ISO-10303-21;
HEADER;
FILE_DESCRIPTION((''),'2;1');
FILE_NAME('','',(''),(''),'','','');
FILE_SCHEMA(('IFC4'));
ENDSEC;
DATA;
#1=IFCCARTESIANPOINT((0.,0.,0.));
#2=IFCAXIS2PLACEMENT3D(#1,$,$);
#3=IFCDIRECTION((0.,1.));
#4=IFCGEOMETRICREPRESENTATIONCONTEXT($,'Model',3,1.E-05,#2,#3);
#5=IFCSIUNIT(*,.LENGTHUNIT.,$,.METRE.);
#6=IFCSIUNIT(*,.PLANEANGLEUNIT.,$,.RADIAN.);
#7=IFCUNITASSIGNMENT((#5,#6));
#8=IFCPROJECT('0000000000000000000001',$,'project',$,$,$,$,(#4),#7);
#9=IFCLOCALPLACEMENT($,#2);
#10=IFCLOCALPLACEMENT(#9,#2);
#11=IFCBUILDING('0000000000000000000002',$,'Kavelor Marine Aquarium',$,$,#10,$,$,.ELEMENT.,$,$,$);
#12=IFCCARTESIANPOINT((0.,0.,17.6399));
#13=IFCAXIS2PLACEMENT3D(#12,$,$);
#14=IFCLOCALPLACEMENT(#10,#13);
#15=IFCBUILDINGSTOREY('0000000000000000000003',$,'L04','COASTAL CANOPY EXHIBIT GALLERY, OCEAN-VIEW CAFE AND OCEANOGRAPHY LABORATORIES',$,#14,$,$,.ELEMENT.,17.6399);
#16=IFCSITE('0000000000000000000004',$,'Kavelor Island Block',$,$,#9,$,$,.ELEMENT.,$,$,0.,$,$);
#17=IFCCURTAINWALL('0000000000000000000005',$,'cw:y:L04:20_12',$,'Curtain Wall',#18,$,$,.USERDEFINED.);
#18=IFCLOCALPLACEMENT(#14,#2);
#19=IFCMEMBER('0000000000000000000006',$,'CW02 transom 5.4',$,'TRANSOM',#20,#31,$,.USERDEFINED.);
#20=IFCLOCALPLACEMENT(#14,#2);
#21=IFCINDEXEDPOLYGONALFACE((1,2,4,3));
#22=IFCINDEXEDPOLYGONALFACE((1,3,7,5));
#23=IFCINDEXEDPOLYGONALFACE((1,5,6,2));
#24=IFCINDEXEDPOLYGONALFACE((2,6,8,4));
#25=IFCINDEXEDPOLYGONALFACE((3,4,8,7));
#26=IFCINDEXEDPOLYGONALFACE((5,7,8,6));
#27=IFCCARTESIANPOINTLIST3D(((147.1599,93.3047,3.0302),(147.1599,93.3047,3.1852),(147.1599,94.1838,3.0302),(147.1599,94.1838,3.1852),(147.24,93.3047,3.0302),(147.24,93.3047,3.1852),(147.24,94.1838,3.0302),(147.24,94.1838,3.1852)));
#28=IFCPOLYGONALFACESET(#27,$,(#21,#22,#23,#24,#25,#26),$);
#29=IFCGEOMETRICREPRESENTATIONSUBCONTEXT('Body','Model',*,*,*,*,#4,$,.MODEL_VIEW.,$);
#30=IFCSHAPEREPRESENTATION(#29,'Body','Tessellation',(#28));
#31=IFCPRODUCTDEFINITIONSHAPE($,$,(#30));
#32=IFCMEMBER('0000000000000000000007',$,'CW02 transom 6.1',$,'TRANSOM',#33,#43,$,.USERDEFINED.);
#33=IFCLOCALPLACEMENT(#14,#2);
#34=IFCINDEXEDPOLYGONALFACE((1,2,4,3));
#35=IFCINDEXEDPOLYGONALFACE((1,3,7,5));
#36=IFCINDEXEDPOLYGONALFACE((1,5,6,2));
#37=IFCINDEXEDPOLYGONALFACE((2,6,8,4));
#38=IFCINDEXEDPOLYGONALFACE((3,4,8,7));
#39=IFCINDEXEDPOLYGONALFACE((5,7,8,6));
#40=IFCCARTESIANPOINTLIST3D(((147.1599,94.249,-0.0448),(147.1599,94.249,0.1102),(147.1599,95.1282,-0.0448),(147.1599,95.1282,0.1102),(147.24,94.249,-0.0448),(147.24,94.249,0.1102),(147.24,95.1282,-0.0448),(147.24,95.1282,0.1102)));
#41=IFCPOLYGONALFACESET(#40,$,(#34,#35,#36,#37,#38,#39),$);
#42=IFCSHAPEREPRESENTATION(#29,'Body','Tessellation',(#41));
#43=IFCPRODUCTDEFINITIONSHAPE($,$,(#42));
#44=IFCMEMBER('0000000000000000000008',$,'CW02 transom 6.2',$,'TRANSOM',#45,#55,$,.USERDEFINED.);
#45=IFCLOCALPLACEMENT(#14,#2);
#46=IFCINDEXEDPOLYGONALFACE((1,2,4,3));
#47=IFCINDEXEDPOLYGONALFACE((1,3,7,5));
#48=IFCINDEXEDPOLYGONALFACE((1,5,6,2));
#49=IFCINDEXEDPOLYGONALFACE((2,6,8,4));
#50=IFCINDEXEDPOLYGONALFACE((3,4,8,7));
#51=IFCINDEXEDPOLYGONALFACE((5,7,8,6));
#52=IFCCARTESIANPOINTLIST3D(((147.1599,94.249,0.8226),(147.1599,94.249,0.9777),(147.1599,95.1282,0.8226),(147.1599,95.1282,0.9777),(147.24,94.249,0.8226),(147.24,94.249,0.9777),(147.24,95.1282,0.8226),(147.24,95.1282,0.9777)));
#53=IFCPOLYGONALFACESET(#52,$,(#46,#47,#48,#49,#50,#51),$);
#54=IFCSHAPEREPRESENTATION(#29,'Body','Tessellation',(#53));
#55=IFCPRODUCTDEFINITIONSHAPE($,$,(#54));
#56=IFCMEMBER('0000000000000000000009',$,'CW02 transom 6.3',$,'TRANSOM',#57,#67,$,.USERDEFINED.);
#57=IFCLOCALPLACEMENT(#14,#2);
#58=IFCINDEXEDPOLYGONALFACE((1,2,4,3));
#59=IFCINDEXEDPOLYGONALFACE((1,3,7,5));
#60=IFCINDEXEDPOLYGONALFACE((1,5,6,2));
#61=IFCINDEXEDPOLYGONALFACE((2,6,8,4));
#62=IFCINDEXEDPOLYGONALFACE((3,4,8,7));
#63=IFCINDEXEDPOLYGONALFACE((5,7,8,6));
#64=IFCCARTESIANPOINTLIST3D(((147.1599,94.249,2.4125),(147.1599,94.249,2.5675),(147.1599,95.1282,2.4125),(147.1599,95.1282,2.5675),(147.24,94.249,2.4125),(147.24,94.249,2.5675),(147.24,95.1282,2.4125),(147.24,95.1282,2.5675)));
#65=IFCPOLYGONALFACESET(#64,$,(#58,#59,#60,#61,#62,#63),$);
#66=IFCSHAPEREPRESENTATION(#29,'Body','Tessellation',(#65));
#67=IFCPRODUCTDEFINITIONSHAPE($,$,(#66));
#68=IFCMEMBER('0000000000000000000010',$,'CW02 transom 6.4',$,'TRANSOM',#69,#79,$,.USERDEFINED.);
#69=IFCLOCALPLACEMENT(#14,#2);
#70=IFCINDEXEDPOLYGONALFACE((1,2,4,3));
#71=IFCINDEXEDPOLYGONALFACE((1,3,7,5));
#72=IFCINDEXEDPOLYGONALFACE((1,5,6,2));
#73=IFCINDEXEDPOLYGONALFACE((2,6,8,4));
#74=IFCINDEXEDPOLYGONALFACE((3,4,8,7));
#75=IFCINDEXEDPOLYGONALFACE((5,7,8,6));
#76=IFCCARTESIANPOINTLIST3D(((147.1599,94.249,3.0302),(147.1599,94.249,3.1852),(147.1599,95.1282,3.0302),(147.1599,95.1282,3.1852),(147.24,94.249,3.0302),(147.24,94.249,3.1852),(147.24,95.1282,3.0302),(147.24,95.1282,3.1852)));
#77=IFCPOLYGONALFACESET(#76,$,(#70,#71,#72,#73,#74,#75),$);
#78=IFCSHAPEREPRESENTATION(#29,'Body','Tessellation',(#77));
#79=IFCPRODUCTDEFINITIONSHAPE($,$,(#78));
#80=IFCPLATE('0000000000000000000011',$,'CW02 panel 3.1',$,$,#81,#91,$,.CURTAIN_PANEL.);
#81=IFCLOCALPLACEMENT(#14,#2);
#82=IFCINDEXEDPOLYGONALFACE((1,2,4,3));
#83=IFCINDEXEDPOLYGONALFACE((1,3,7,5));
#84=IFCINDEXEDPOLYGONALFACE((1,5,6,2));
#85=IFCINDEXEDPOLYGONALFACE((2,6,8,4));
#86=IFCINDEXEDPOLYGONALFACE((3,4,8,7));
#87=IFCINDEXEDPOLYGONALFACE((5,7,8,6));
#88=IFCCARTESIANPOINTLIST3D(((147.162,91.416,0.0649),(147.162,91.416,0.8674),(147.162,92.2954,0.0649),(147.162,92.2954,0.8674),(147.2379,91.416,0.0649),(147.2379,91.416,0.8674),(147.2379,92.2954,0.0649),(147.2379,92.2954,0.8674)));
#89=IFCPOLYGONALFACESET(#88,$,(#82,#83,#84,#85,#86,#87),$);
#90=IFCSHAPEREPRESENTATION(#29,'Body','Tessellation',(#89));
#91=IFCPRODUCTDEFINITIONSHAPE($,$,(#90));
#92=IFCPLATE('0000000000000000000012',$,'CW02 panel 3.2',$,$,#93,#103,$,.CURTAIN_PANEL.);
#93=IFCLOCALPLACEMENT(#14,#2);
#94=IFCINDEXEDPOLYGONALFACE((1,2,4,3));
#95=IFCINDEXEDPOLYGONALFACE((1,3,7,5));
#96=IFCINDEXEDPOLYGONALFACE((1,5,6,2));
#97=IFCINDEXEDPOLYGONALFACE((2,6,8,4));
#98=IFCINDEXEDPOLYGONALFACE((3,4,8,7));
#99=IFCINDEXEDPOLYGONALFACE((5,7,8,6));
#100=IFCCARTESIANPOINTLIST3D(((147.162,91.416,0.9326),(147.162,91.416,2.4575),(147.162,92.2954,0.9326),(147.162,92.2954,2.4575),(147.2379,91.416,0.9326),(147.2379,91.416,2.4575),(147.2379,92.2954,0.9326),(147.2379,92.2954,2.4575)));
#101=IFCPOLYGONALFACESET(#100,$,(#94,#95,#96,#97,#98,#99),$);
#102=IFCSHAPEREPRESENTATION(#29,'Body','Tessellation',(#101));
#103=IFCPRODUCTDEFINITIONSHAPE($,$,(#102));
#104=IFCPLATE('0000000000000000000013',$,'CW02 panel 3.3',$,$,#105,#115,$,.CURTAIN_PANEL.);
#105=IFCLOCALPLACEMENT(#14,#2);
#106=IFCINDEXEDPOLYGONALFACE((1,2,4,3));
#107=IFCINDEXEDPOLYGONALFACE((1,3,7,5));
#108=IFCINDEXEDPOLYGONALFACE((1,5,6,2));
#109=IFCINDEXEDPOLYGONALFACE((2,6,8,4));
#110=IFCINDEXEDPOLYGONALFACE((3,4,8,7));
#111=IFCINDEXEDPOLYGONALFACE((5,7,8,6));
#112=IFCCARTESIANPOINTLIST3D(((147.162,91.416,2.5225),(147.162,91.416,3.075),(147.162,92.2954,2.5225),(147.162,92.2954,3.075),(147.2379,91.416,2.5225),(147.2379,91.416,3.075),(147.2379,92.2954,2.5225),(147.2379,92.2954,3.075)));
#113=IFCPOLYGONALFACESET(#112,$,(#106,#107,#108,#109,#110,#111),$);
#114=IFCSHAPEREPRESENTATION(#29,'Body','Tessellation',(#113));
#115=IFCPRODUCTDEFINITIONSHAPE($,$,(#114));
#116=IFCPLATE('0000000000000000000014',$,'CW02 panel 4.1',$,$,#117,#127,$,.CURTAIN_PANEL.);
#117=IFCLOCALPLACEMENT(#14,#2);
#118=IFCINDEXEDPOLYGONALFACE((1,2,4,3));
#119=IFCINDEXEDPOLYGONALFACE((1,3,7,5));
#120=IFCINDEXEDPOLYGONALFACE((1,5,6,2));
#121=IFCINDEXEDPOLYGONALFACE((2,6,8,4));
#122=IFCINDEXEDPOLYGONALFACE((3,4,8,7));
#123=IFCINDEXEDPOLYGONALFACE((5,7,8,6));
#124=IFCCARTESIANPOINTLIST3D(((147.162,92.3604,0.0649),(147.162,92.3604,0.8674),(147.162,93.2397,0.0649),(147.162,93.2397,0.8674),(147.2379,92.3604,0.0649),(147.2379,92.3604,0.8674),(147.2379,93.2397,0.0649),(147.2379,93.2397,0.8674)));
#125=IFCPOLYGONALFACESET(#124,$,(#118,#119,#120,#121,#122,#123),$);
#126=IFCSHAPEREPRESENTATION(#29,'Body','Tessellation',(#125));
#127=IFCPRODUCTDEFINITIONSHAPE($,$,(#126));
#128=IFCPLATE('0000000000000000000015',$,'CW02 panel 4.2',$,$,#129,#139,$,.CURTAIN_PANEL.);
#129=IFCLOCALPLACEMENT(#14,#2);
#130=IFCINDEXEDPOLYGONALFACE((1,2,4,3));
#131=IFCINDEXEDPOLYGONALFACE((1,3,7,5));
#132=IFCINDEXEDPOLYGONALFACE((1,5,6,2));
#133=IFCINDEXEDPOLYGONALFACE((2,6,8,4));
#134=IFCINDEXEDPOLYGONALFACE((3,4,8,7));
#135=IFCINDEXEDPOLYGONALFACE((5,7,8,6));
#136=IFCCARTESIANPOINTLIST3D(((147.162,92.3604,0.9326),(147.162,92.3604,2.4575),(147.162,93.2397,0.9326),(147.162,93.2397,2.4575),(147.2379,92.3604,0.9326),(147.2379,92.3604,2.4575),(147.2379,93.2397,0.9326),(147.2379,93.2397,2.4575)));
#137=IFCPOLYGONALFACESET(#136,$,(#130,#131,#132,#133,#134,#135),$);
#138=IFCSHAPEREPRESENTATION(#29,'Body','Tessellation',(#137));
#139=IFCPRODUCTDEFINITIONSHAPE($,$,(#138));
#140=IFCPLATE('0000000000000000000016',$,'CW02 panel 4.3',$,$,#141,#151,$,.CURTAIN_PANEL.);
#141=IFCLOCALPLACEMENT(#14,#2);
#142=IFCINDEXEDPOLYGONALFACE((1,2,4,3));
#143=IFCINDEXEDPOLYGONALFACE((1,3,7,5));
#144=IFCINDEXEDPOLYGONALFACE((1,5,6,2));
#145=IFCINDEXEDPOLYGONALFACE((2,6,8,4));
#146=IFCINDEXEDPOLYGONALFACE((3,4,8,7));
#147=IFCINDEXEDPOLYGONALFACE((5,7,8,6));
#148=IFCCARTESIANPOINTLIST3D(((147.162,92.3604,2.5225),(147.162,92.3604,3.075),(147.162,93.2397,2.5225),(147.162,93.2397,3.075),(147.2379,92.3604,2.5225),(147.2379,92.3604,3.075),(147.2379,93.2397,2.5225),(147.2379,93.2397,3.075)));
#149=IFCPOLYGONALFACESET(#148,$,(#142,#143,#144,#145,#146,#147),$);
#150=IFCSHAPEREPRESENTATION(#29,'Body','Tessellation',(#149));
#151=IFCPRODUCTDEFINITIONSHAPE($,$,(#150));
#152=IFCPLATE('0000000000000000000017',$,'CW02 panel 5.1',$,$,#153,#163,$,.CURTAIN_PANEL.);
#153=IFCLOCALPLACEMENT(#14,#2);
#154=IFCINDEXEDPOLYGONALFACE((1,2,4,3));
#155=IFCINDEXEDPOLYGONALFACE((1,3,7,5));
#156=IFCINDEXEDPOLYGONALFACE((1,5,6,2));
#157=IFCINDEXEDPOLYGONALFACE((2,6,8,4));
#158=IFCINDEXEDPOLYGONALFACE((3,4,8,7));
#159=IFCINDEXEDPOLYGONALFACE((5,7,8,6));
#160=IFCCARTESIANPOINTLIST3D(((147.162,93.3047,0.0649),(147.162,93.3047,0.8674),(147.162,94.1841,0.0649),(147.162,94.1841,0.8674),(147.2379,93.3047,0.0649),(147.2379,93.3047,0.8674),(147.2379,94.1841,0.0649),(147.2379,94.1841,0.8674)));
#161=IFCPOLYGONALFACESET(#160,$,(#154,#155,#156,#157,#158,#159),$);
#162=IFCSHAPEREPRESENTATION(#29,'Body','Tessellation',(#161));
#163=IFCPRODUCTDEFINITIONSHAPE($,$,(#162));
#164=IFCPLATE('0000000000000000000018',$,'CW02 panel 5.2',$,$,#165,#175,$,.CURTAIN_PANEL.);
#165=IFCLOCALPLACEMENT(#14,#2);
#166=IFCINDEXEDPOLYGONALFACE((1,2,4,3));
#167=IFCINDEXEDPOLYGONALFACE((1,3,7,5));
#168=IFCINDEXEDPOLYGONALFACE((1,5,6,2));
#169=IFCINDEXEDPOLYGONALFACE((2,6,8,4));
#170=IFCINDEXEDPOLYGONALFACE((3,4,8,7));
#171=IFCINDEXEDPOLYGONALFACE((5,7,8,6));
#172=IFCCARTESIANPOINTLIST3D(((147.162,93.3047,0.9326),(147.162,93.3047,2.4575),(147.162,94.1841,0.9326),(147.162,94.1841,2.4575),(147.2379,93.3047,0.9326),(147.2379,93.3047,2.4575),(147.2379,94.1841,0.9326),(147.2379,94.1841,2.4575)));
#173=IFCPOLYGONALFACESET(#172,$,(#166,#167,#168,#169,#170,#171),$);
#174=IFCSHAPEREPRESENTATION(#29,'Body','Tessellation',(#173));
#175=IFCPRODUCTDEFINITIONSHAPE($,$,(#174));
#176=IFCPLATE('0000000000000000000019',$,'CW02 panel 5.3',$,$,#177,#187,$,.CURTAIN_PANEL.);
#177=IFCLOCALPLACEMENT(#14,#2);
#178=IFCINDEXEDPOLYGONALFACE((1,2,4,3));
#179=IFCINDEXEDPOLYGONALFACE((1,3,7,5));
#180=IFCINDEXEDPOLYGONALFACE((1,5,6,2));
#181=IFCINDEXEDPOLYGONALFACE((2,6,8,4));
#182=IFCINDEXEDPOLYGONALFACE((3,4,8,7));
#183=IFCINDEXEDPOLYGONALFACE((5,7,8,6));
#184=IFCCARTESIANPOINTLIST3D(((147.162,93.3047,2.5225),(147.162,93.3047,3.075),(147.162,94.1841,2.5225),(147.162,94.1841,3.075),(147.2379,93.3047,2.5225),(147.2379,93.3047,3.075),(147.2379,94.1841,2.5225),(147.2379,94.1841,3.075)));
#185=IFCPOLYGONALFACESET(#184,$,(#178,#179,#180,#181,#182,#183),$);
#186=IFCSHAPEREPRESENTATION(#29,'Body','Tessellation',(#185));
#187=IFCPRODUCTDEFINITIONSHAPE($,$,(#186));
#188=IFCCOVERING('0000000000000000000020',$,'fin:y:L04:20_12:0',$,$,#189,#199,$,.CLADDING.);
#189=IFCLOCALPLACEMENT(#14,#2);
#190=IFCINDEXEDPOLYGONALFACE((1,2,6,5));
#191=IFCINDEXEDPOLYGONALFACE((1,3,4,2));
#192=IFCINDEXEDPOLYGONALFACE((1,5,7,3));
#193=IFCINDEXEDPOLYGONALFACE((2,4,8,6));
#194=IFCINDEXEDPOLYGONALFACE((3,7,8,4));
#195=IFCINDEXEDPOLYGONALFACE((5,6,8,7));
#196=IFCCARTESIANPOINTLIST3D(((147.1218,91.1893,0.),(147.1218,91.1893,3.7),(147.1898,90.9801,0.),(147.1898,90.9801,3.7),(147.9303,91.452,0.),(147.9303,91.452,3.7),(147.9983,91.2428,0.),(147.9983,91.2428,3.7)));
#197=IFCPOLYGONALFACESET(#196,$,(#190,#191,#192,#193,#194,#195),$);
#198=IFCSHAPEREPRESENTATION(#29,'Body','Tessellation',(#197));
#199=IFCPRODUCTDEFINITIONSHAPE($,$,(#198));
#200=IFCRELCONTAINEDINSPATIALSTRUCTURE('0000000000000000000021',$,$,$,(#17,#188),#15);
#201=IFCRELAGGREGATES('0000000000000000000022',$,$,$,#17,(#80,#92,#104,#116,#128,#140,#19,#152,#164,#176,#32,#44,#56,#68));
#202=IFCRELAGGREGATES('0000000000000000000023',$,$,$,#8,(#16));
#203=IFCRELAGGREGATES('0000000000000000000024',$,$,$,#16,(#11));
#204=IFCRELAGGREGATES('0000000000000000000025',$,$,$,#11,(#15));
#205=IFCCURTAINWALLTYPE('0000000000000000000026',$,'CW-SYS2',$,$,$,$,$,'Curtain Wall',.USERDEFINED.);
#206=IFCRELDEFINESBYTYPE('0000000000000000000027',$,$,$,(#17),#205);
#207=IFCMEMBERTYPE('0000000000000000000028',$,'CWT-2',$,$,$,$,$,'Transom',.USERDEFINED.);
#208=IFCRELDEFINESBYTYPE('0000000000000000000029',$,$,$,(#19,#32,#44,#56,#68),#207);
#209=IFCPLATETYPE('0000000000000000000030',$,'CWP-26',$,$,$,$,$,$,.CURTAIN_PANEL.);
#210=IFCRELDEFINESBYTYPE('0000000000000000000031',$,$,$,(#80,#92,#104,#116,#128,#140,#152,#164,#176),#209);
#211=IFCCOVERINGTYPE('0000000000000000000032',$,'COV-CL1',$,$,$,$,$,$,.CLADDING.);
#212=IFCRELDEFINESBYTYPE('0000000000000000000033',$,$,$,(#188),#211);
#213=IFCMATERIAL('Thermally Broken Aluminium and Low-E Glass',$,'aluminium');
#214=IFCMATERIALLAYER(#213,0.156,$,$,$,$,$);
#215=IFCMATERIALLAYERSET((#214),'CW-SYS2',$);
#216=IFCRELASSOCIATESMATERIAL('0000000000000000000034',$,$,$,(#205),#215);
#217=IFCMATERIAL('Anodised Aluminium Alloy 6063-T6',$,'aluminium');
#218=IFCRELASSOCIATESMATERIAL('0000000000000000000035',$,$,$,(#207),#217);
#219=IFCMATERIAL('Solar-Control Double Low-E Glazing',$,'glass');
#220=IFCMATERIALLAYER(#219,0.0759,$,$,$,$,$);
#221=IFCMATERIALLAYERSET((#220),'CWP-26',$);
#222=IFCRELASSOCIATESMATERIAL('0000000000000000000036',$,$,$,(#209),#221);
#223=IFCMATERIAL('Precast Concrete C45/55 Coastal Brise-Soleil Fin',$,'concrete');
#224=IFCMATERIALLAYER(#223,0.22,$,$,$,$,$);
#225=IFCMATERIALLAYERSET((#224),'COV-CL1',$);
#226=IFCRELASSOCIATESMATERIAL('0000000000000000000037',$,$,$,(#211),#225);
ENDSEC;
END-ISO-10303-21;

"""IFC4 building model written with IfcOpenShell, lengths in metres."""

from ifc_helpers import new_model, si_unit, direction, frame, origin, origin_2d, place, context, subcontext, project, spatial, rectangle, extrude, material, layer, layer_set, material_profile, profile_set, type_object, element, aggregate, save


model = new_model("IFC4")

# Units and contexts
model_context = context("Model", 3, precision=1e-05, world=origin(), true_north=direction((0.0, 1.0)))
body_context = subcontext(model_context, "Body", "Model", "MODEL_VIEW")
ifc_project = project(units=[si_unit("LENGTHUNIT", "METRE"), si_unit("PLANEANGLEUNIT", "RADIAN")], contexts=[model_context])

# Site, building, storey
site_placement = place(None, origin())
site = spatial("IfcSite", under=ifc_project, at=site_placement, Name="Kavelor Island Block", CompositionType="ELEMENT", RefElevation=0.0)
building_placement = place(site_placement, origin())
building = spatial("IfcBuilding", under=site, at=building_placement, Name="Kavelor Marine Aquarium", CompositionType="ELEMENT")
storey_placement = place(building_placement, frame((0.0, 0.0, 17.6399)))
storey = spatial("IfcBuildingStorey", under=building, at=storey_placement, Name="L04", Description="COASTAL CANOPY EXHIBIT GALLERY, OCEAN-VIEW CAFE AND OCEANOGRAPHY LABORATORIES", CompositionType="ELEMENT", Elevation=17.6399)

# Curtain wall, members, plates
ifc_material_1 = material(Name="Thermally Broken Aluminium and Low-E Glass", Category="aluminium")
ifc_layer_1 = layer(ifc_material_1, 0.156)
ifc_layer_set_1 = layer_set([ifc_layer_1], Name="CW-SYS2")
curtain_wall_type = type_object("IfcCurtainWallType", Name="CW-SYS2", ElementType="Curtain Wall", PredefinedType="USERDEFINED", material=ifc_layer_set_1)
curtain_wall_placement = place(storey_placement, origin())
curtain_wall = element("IfcCurtainWall", 1, at=curtain_wall_placement, inside=storey, type_object=curtain_wall_type, Name="cw:y:L04:20_12", ObjectType="Curtain Wall", PredefinedType="USERDEFINED")
ifc_material_2 = material(Name="Anodised Aluminium Alloy 6063-T6", Category="aluminium")
ifc_material_profile_1 = material_profile(ifc_material_2, rectangle(XDim=0.0801, YDim=0.155, at=origin_2d()), Name="CW-TRN 80x155")
ifc_profile_set_1 = profile_set([ifc_material_profile_1], Name="Anodised Aluminium Alloy 6063-T6")
member_type_1 = type_object("IfcMemberType", Name="CWT-2", ElementType="Transom", PredefinedType="USERDEFINED", material=ifc_profile_set_1)
member_1_placement = place(storey_placement, frame((147.2, 93.3047, 3.1077), z_axis=(0.0, 1.0, 0.0), x_axis=(-1.0, 0.0, 0.0)))
member_1 = element("IfcMember", 2, at=member_1_placement, type_object=member_type_1, Name="CW02 transom 5.4", ObjectType="TRANSOM", PredefinedType="USERDEFINED", context=body_context, shape_type="SweptSolid", body=[
    extrude(rectangle(XDim=0.0801, YDim=0.155, at=origin_2d()), origin(), (0.0, 0.0, 1.0), 0.8792),
])
member_2_placement = place(storey_placement, frame((147.2, 94.249, 0.0327), z_axis=(0.0, 1.0, 0.0), x_axis=(-1.0, 0.0, 0.0)))
member_2 = element("IfcMember", 3, at=member_2_placement, type_object=member_type_1, Name="CW02 transom 6.1", ObjectType="TRANSOM", PredefinedType="USERDEFINED", context=body_context, shape_type="SweptSolid", body=[
    extrude(rectangle(XDim=0.0801, YDim=0.155, at=origin_2d()), origin(), (0.0, 0.0, 1.0), 0.8792),
])
member_3_placement = place(storey_placement, frame((147.2, 94.249, 0.9001), z_axis=(0.0, 1.0, 0.0), x_axis=(-1.0, 0.0, 0.0)))
member_3 = element("IfcMember", 4, at=member_3_placement, type_object=member_type_1, Name="CW02 transom 6.2", ObjectType="TRANSOM", PredefinedType="USERDEFINED", context=body_context, shape_type="SweptSolid", body=[
    extrude(rectangle(XDim=0.0801, YDim=0.155, at=origin_2d()), origin(), (0.0, 0.0, 1.0), 0.8792),
])
member_4_placement = place(storey_placement, frame((147.2, 94.249, 2.49), z_axis=(0.0, 1.0, 0.0), x_axis=(-1.0, 0.0, 0.0)))
member_4 = element("IfcMember", 5, at=member_4_placement, type_object=member_type_1, Name="CW02 transom 6.3", ObjectType="TRANSOM", PredefinedType="USERDEFINED", context=body_context, shape_type="SweptSolid", body=[
    extrude(rectangle(XDim=0.0801, YDim=0.155, at=origin_2d()), origin(), (0.0, 0.0, 1.0), 0.8792),
])
member_5_placement = place(storey_placement, frame((147.2, 94.249, 3.1077), z_axis=(0.0, 1.0, 0.0), x_axis=(-1.0, 0.0, 0.0)))
member_5 = element("IfcMember", 6, at=member_5_placement, type_object=member_type_1, Name="CW02 transom 6.4", ObjectType="TRANSOM", PredefinedType="USERDEFINED", context=body_context, shape_type="SweptSolid", body=[
    extrude(rectangle(XDim=0.0801, YDim=0.155, at=origin_2d()), origin(), (0.0, 0.0, 1.0), 0.8792),
])
ifc_material_3 = material(Name="Solar-Control Double Low-E Glazing", Category="glass")
ifc_layer_2 = layer(ifc_material_3, 0.0759)
ifc_layer_set_2 = layer_set([ifc_layer_2], Name="CWP-26")
plate_type = type_object("IfcPlateType", Name="CWP-26", PredefinedType="CURTAIN_PANEL", material=ifc_layer_set_2)
plate_1_placement = place(storey_placement, frame((147.2, 91.8557, 0.0649), z_axis=(0.0, 0.0, 1.0), x_axis=(0.0, 1.0, 0.0)))
plate_1 = element("IfcPlate", 7, at=plate_1_placement, type_object=plate_type, Name="CW02 panel 3.1", PredefinedType="CURTAIN_PANEL", context=body_context, shape_type="SweptSolid", body=[
    extrude(rectangle(XDim=0.8794, YDim=0.0759, at=origin_2d()), origin(), (0.0, 0.0, 1.0), 0.8025),
])
plate_2_placement = place(storey_placement, frame((147.2, 91.8557, 0.9326), z_axis=(0.0, 0.0, 1.0), x_axis=(0.0, 1.0, 0.0)))
plate_2 = element("IfcPlate", 8, at=plate_2_placement, type_object=plate_type, Name="CW02 panel 3.2", PredefinedType="CURTAIN_PANEL", context=body_context, shape_type="SweptSolid", body=[
    extrude(rectangle(XDim=0.8794, YDim=0.0759, at=origin_2d()), origin(), (0.0, 0.0, 1.0), 1.5249),
])
plate_3_placement = place(storey_placement, frame((147.2, 91.8557, 2.5225), z_axis=(0.0, 0.0, 1.0), x_axis=(0.0, 1.0, 0.0)))
plate_3 = element("IfcPlate", 9, at=plate_3_placement, type_object=plate_type, Name="CW02 panel 3.3", PredefinedType="CURTAIN_PANEL", context=body_context, shape_type="SweptSolid", body=[
    extrude(rectangle(XDim=0.8794, YDim=0.0759, at=origin_2d()), origin(), (0.0, 0.0, 1.0), 0.5525),
])
plate_4_placement = place(storey_placement, frame((147.2, 92.8, 0.0649), z_axis=(0.0, 0.0, 1.0), x_axis=(0.0, 1.0, 0.0)))
plate_4 = element("IfcPlate", 10, at=plate_4_placement, type_object=plate_type, Name="CW02 panel 4.1", PredefinedType="CURTAIN_PANEL", context=body_context, shape_type="SweptSolid", body=[
    extrude(rectangle(XDim=0.8794, YDim=0.0759, at=origin_2d()), origin(), (0.0, 0.0, 1.0), 0.8025),
])
plate_5_placement = place(storey_placement, frame((147.2, 92.8, 0.9326), z_axis=(0.0, 0.0, 1.0), x_axis=(0.0, 1.0, 0.0)))
plate_5 = element("IfcPlate", 11, at=plate_5_placement, type_object=plate_type, Name="CW02 panel 4.2", PredefinedType="CURTAIN_PANEL", context=body_context, shape_type="SweptSolid", body=[
    extrude(rectangle(XDim=0.8794, YDim=0.0759, at=origin_2d()), origin(), (0.0, 0.0, 1.0), 1.5249),
])
plate_6_placement = place(storey_placement, frame((147.2, 92.8, 2.5225), z_axis=(0.0, 0.0, 1.0), x_axis=(0.0, 1.0, 0.0)))
plate_6 = element("IfcPlate", 12, at=plate_6_placement, type_object=plate_type, Name="CW02 panel 4.3", PredefinedType="CURTAIN_PANEL", context=body_context, shape_type="SweptSolid", body=[
    extrude(rectangle(XDim=0.8794, YDim=0.0759, at=origin_2d()), origin(), (0.0, 0.0, 1.0), 0.5525),
])
plate_7_placement = place(storey_placement, frame((147.2, 93.7444, 0.0649), z_axis=(0.0, 0.0, 1.0), x_axis=(0.0, 1.0, 0.0)))
plate_7 = element("IfcPlate", 13, at=plate_7_placement, type_object=plate_type, Name="CW02 panel 5.1", PredefinedType="CURTAIN_PANEL", context=body_context, shape_type="SweptSolid", body=[
    extrude(rectangle(XDim=0.8794, YDim=0.0759, at=origin_2d()), origin(), (0.0, 0.0, 1.0), 0.8025),
])
plate_8_placement = place(storey_placement, frame((147.2, 93.7444, 0.9326), z_axis=(0.0, 0.0, 1.0), x_axis=(0.0, 1.0, 0.0)))
plate_8 = element("IfcPlate", 14, at=plate_8_placement, type_object=plate_type, Name="CW02 panel 5.2", PredefinedType="CURTAIN_PANEL", context=body_context, shape_type="SweptSolid", body=[
    extrude(rectangle(XDim=0.8794, YDim=0.0759, at=origin_2d()), origin(), (0.0, 0.0, 1.0), 1.5249),
])
plate_9_placement = place(storey_placement, frame((147.2, 93.7444, 2.5225), z_axis=(0.0, 0.0, 1.0), x_axis=(0.0, 1.0, 0.0)))
plate_9 = element("IfcPlate", 15, at=plate_9_placement, type_object=plate_type, Name="CW02 panel 5.3", PredefinedType="CURTAIN_PANEL", context=body_context, shape_type="SweptSolid", body=[
    extrude(rectangle(XDim=0.8794, YDim=0.0759, at=origin_2d()), origin(), (0.0, 0.0, 1.0), 0.5525),
])
aggregate(curtain_wall, [plate_1, plate_2, plate_3, plate_4, plate_5, plate_6, member_1, plate_7, plate_8, plate_9, member_2, member_3, member_4, member_5])

# Covering
ifc_material_4 = material(Name="Precast Concrete C45/55 Coastal Brise-Soleil Fin", Category="concrete")
ifc_layer_3 = layer(ifc_material_4, 0.22)
ifc_layer_set_3 = layer_set([ifc_layer_3], Name="COV-CL1")
covering_type = type_object("IfcCoveringType", Name="COV-CL1", PredefinedType="CLADDING", material=ifc_layer_set_3)
covering_placement = place(storey_placement, frame((147.5601, 91.2161, 0.0), z_axis=(0.0, 0.0, 1.0), x_axis=(0.951057, 0.309017, 0.0)))
element("IfcCovering", 16, at=covering_placement, inside=storey, type_object=covering_type, Name="fin:y:L04:20_12:0", PredefinedType="CLADDING", context=body_context, shape_type="SweptSolid", body=[
    extrude(rectangle(XDim=0.8501, YDim=0.22, at=origin_2d()), origin(), (0.0, 0.0, 1.0), 3.7),
])

save(model, "model.ifc")
